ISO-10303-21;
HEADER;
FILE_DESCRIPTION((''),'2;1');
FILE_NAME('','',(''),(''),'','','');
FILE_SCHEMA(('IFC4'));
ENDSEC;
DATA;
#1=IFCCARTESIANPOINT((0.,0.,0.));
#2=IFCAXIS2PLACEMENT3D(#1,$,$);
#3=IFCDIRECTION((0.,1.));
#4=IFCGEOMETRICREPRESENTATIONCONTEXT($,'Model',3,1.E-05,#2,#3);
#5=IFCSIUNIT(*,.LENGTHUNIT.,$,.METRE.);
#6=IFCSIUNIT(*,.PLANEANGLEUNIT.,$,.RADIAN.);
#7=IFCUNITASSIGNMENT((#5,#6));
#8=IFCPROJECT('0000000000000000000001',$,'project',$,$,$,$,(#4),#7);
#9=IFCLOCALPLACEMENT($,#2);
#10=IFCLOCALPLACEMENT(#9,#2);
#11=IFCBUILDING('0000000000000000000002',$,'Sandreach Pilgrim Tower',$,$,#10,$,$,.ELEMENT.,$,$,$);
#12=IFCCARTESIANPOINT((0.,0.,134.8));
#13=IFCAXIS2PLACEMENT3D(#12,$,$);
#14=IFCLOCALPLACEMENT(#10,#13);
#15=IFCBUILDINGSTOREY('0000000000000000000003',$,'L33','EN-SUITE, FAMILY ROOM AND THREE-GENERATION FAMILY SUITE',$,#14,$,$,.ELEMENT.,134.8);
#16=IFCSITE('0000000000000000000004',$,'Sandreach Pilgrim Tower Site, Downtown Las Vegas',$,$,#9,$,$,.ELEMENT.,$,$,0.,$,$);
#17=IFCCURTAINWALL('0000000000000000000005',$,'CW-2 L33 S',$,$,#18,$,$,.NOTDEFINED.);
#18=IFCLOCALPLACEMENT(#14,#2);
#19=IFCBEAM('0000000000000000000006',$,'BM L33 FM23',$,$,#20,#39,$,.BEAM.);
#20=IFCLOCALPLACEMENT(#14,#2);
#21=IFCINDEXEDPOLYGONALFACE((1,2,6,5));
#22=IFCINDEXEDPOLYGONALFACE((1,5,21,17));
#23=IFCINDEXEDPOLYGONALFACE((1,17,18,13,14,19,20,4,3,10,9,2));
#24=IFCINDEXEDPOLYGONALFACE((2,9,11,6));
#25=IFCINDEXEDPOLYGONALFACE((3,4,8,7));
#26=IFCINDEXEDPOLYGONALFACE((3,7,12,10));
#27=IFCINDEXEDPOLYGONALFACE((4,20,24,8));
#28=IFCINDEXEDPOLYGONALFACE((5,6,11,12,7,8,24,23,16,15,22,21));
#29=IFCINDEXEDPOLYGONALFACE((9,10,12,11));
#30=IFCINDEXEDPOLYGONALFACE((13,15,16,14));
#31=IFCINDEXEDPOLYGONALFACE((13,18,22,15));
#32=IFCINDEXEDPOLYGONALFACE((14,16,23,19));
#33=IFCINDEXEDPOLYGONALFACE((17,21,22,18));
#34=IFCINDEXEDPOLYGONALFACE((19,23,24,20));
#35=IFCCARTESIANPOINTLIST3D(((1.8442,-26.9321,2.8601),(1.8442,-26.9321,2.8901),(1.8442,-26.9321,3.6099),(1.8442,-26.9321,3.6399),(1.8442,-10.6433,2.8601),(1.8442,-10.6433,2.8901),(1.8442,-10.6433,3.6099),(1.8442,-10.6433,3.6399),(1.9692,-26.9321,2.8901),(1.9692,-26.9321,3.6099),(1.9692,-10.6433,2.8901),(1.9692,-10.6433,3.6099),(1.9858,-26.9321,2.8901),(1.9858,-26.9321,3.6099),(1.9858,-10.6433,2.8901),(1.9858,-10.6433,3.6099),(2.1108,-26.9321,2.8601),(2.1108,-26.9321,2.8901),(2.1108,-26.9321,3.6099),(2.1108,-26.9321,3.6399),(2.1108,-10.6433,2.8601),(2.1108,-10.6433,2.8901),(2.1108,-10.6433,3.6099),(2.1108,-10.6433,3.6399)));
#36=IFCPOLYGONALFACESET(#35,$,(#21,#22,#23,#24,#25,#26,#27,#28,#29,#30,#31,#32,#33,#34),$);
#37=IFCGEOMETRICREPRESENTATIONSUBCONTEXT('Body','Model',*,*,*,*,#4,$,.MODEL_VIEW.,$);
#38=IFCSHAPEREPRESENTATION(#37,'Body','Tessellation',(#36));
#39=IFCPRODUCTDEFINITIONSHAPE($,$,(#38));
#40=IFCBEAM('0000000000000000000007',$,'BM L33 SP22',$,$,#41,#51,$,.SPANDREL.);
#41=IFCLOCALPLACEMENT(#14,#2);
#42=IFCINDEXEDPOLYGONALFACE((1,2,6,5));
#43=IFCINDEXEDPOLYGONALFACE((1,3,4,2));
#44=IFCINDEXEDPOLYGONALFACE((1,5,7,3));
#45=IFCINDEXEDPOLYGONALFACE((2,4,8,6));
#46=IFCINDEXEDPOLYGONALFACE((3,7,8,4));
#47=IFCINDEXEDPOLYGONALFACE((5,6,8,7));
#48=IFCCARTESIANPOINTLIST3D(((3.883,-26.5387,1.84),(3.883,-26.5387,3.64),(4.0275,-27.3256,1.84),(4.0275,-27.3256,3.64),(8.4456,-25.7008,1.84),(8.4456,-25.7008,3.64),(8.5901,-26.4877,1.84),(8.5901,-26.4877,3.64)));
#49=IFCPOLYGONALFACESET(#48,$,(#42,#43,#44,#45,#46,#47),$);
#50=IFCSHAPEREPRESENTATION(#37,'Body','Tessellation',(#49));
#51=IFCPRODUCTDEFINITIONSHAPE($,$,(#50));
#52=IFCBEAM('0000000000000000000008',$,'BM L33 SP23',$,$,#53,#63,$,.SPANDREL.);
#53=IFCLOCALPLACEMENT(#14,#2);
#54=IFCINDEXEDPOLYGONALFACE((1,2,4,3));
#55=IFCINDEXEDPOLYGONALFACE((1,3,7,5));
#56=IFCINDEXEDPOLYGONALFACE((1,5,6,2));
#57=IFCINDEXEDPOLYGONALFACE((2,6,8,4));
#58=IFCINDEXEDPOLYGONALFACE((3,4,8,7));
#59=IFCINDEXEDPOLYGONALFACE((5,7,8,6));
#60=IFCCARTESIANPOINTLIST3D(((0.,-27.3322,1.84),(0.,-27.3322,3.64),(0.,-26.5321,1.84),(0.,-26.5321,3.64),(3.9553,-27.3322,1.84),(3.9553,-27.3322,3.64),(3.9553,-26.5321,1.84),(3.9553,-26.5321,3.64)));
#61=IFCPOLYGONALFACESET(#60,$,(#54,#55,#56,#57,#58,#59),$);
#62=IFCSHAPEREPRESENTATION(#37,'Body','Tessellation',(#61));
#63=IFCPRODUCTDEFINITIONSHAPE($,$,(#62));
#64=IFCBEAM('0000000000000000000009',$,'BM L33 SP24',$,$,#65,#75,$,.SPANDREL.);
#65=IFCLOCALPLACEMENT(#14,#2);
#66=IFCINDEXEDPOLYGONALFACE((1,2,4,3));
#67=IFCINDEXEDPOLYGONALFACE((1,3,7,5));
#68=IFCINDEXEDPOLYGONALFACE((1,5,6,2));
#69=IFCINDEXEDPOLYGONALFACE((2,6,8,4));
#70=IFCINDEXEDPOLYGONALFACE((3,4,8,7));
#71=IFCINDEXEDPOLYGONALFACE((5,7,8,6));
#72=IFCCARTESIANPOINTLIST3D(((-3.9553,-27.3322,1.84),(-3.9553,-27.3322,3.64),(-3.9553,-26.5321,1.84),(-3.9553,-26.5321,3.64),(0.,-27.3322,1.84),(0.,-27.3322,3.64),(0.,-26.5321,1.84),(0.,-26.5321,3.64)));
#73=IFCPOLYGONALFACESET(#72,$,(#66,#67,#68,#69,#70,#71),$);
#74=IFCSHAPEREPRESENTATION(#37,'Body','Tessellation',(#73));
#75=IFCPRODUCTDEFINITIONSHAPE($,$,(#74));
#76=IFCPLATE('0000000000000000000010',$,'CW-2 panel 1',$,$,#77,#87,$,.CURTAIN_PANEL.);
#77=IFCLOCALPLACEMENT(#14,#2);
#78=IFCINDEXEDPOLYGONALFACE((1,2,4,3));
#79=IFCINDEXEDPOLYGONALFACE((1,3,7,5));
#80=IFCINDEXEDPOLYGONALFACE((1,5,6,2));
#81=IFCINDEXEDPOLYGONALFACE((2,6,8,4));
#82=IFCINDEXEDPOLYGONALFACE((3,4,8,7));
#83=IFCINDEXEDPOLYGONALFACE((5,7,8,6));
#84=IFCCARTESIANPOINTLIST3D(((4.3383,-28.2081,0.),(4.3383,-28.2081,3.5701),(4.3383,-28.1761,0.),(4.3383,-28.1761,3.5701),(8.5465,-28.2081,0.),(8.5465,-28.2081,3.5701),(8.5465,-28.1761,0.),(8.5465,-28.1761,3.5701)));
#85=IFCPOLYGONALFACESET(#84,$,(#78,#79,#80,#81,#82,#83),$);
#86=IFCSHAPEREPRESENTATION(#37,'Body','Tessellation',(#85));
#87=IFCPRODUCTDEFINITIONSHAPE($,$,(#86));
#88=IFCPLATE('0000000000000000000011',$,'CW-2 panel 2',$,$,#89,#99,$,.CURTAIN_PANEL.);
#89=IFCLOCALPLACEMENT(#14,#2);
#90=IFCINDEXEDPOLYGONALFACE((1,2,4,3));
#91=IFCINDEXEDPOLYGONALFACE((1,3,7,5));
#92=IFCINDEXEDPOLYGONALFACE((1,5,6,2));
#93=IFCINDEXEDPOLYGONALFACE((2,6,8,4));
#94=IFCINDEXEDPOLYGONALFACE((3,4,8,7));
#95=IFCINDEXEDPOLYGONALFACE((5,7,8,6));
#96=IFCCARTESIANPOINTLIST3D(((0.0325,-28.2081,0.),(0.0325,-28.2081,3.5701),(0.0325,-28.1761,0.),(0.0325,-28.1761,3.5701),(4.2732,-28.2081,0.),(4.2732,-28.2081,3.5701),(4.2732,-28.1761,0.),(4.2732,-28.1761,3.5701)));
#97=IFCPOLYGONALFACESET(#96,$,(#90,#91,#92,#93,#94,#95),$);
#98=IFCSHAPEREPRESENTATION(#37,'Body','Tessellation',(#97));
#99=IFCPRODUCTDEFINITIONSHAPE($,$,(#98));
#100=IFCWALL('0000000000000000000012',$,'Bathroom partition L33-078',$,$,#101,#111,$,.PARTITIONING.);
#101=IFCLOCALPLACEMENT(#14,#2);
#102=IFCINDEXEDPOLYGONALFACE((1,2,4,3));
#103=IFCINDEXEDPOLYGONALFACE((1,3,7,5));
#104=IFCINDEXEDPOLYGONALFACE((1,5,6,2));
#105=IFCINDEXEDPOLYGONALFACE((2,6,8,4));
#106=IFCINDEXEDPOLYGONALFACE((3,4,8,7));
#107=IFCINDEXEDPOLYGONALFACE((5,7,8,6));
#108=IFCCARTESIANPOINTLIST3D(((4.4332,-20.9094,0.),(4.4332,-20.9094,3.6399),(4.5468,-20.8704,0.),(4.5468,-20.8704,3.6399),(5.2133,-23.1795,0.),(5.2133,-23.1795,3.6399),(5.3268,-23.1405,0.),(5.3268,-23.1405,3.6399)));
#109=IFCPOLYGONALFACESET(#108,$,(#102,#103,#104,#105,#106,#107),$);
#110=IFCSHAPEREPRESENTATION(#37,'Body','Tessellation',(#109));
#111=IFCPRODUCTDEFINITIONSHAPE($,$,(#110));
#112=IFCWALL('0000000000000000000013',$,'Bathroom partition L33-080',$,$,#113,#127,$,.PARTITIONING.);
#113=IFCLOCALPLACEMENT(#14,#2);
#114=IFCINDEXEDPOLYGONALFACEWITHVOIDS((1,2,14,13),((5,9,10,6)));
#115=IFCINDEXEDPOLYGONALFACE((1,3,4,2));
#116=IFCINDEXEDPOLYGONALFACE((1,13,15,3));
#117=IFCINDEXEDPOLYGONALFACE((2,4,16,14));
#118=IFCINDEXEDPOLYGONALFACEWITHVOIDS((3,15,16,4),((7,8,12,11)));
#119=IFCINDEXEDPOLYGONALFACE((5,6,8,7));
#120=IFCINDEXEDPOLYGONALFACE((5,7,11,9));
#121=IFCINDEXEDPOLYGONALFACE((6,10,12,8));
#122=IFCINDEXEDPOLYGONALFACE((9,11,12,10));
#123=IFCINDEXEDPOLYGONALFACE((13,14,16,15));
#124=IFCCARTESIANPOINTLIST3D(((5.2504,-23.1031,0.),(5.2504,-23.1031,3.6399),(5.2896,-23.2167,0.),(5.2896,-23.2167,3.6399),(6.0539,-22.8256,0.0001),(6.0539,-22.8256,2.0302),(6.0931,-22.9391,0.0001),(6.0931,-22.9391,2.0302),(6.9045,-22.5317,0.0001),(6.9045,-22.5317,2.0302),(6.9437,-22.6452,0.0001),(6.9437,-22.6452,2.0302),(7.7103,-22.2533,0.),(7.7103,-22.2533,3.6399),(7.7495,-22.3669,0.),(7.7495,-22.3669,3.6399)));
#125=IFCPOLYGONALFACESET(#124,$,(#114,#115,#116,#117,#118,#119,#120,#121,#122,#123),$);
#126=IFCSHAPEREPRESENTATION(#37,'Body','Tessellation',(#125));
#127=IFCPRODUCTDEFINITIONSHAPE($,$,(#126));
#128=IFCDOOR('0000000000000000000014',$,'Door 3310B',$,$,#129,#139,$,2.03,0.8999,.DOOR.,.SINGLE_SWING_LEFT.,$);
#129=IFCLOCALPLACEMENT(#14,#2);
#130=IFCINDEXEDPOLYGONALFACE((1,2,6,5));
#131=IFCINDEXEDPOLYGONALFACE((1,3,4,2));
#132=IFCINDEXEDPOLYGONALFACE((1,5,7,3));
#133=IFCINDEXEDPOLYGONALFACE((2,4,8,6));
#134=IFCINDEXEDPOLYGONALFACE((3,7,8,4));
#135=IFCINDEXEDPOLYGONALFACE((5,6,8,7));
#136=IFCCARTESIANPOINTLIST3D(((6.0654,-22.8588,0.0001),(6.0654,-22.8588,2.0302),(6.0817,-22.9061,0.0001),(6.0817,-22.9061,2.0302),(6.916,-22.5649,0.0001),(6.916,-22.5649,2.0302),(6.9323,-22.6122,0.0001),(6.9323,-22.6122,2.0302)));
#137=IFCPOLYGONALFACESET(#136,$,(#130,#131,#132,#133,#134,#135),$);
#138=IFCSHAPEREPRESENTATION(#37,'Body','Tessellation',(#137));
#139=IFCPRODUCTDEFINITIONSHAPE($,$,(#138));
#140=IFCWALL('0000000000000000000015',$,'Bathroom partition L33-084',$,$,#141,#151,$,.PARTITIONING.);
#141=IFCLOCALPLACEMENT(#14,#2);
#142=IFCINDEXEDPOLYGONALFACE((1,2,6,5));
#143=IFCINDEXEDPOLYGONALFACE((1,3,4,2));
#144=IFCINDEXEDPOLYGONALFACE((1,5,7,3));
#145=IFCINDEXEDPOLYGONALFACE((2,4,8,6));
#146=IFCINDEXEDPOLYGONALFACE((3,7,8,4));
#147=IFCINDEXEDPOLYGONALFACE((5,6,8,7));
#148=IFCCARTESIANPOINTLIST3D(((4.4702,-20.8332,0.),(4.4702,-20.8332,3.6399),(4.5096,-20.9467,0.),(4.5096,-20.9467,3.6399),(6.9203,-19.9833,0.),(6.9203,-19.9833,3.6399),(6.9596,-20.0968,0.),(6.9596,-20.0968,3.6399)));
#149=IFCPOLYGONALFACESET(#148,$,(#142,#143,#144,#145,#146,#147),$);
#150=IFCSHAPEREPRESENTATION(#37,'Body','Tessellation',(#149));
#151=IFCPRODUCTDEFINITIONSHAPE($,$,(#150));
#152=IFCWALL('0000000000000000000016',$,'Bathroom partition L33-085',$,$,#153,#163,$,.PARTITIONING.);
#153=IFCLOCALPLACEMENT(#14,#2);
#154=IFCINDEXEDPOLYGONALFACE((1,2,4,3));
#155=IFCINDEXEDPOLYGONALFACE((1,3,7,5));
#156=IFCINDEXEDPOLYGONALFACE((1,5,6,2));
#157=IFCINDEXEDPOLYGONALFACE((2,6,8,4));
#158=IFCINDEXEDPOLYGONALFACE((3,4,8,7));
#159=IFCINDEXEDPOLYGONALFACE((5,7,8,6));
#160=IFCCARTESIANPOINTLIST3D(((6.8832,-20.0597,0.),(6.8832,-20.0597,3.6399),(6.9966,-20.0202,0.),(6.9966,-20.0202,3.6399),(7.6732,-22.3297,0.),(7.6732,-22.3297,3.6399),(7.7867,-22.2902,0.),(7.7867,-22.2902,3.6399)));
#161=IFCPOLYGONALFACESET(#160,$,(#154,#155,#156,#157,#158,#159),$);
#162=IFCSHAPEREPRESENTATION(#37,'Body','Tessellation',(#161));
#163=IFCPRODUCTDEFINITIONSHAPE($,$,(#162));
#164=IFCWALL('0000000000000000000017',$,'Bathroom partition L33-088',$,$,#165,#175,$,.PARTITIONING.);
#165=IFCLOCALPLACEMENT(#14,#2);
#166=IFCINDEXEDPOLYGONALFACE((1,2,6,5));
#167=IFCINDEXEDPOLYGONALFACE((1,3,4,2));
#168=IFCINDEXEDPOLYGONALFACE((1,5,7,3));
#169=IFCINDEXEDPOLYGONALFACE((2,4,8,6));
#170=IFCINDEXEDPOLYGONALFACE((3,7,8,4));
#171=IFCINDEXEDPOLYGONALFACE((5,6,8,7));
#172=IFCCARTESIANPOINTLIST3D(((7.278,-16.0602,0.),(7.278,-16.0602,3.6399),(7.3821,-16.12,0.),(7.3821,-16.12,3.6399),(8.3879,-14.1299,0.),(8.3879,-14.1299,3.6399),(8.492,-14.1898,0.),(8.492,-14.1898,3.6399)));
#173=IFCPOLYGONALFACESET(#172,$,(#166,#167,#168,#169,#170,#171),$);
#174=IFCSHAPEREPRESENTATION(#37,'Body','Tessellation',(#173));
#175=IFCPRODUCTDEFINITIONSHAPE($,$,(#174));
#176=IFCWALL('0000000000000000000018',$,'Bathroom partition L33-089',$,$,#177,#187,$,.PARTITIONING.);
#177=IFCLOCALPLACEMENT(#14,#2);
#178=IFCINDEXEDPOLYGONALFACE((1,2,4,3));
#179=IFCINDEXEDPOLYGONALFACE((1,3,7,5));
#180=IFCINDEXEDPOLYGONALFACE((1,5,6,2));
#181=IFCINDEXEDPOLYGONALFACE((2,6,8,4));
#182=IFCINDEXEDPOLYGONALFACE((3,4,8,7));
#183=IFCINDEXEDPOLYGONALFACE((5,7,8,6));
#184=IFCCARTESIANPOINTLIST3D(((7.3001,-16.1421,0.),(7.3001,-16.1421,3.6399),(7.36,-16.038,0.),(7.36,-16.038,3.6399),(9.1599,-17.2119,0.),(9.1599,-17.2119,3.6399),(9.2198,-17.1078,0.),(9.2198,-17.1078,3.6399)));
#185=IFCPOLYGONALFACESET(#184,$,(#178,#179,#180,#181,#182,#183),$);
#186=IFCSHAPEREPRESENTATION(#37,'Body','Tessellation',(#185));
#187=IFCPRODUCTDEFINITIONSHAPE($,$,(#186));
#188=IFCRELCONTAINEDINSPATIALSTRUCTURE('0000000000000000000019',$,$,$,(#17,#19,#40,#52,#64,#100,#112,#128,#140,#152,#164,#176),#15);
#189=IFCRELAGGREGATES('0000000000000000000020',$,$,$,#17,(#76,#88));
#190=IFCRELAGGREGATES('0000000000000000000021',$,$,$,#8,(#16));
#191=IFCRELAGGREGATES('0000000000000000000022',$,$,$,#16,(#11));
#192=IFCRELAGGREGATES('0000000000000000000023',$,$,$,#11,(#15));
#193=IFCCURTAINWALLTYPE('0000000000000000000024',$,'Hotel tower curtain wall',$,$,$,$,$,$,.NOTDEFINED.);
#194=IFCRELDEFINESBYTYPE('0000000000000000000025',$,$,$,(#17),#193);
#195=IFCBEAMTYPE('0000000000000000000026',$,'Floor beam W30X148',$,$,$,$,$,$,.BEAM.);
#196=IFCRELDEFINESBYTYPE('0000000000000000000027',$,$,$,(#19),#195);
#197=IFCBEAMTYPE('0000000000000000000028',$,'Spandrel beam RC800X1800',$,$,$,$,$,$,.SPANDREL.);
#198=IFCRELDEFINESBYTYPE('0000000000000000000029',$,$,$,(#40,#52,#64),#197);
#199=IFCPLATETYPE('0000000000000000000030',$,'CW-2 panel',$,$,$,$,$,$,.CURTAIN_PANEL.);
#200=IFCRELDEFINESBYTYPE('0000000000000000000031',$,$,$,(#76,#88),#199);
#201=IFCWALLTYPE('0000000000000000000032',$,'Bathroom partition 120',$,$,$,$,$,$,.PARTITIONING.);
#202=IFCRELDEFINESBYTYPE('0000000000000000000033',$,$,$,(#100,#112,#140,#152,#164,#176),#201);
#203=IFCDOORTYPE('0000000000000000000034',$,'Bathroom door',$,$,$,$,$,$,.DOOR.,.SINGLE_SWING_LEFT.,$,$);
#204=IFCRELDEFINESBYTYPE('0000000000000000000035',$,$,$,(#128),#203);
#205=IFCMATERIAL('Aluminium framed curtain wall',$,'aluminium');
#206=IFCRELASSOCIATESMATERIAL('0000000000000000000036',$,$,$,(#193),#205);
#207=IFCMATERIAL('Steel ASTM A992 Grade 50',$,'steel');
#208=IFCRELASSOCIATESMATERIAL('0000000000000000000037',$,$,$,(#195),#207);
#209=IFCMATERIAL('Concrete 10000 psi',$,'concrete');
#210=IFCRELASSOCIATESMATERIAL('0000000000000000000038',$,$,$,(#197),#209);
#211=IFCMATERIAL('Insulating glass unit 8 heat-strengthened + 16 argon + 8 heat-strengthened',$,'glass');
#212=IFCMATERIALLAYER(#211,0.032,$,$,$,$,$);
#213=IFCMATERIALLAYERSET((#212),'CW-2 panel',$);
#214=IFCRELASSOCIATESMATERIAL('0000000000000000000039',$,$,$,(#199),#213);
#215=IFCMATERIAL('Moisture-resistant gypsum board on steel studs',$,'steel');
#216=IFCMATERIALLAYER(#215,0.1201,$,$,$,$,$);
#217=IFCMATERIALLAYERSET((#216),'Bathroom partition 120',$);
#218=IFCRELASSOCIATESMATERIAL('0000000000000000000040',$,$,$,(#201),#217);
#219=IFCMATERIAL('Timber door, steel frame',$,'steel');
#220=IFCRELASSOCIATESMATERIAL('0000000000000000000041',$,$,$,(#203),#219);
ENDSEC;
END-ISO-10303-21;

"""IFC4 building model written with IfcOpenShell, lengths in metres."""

from ifc_helpers import new_model, si_unit, direction, frame, frame_2d, origin, origin_2d, place, context, subcontext, project, spatial, rectangle, i_section, extrude, material, layer, layer_set, material_profile, profile_set, type_object, element, fill, aggregate, save


model = new_model("IFC4")

# Units and contexts
model_context = context("Model", 3, precision=1e-05, world=origin(), true_north=direction((0.0, 1.0)))
body_context = subcontext(model_context, "Body", "Model", "MODEL_VIEW")
ifc_project = project(units=[si_unit("LENGTHUNIT", "METRE"), si_unit("PLANEANGLEUNIT", "RADIAN")], contexts=[model_context])

# Site, building, storey
site_placement = place(None, origin())
site = spatial("IfcSite", under=ifc_project, at=site_placement, Name="Sandreach Pilgrim Tower Site, Downtown Las Vegas", CompositionType="ELEMENT", RefElevation=0.0)
building_placement = place(site_placement, origin())
building = spatial("IfcBuilding", under=site, at=building_placement, Name="Sandreach Pilgrim Tower", CompositionType="ELEMENT")
storey_placement = place(building_placement, frame((0.0, 0.0, 134.8)))
storey = spatial("IfcBuildingStorey", under=building, at=storey_placement, Name="L33", Description="EN-SUITE, FAMILY ROOM AND THREE-GENERATION FAMILY SUITE", CompositionType="ELEMENT", Elevation=134.8)

# Curtain wall
ifc_material_1 = material(Name="Aluminium framed curtain wall", Category="aluminium")
curtain_wall_type = type_object("IfcCurtainWallType", Name="Hotel tower curtain wall", PredefinedType="NOTDEFINED", material=ifc_material_1)
curtain_wall_placement = place(storey_placement, origin())
curtain_wall = element("IfcCurtainWall", 1, at=curtain_wall_placement, inside=storey, type_object=curtain_wall_type, Name="CW-2 L33 S", PredefinedType="NOTDEFINED")

# Beams
ifc_material_2 = material(Name="Steel ASTM A992 Grade 50", Category="steel")
ifc_material_profile_1 = material_profile(ifc_material_2, i_section(OverallWidth=0.2666, OverallDepth=0.7798, WebThickness=0.0166, FlangeThickness=0.03, at=origin_2d()), Name="W30X148")
ifc_profile_set_1 = profile_set([ifc_material_profile_1], Name="Steel ASTM A992 Grade 50")
beam_type_1 = type_object("IfcBeamType", Name="Floor beam W30X148", PredefinedType="BEAM", material=ifc_profile_set_1)
beam_1_placement = place(storey_placement, frame((1.9775, -26.9321, 3.25), z_axis=(0.0, 1.0, 0.0), x_axis=(-1.0, 0.0, 0.0)))
element("IfcBeam", 2, at=beam_1_placement, inside=storey, type_object=beam_type_1, Name="BM L33 FM23", PredefinedType="BEAM", context=body_context, shape_type="SweptSolid", body=[
    extrude(i_section(OverallWidth=0.2666, OverallDepth=0.7798, WebThickness=0.0166, FlangeThickness=0.03, at=origin_2d()), origin(), (0.0, 0.0, 1.0), 16.2888),
])
ifc_material_3 = material(Name="Concrete 10000 psi", Category="concrete")
ifc_material_profile_2 = material_profile(ifc_material_3, rectangle(XDim=0.8, YDim=1.8, at=origin_2d()), Name="RC800X1800")
ifc_profile_set_2 = profile_set([ifc_material_profile_2], Name="Concrete 10000 psi")
beam_type_2 = type_object("IfcBeamType", Name="Spandrel beam RC800X1800", PredefinedType="SPANDREL", material=ifc_profile_set_2)
beam_2_placement = place(storey_placement, frame((8.5178, -26.0942, 2.74), z_axis=(-0.983552, -0.180627, 0.0), x_axis=(0.180627, -0.983552, 0.0)))
element("IfcBeam", 3, at=beam_2_placement, inside=storey, type_object=beam_type_2, Name="BM L33 SP22", PredefinedType="SPANDREL", context=body_context, shape_type="SweptSolid", body=[
    extrude(rectangle(XDim=0.8, YDim=1.8, at=origin_2d()), origin(), (0.0, 0.0, 1.0), 4.6389),
])
for number, where, z_axis, x_axis, name in (
    (4, (3.9553, -26.9321, 2.74), (-1.0, 0.0, 0.0), (0.0, -1.0, 0.0), "BM L33 SP23"),
    (5, (0.0, -26.9321, 2.74), (-1.0, 0.0, 0.0), (0.0, -1.0, 0.0), "BM L33 SP24"),
):
    element("IfcBeam", number, at=place(storey_placement, frame(where, z_axis=z_axis, x_axis=x_axis)), inside=storey, type_object=beam_type_2, Name=name, PredefinedType="SPANDREL", context=body_context, shape_type="SweptSolid", body=[
        extrude(rectangle(XDim=0.8, YDim=1.8, at=origin_2d()), origin(), (0.0, 0.0, 1.0), 3.9553),
    ])

# Plates
ifc_material_4 = material(Name="Insulating glass unit 8 heat-strengthened + 16 argon + 8 heat-strengthened", Category="glass")
ifc_layer_1 = layer(ifc_material_4, 0.032)
ifc_layer_set_1 = layer_set([ifc_layer_1], Name="CW-2 panel")
plate_type = type_object("IfcPlateType", Name="CW-2 panel", PredefinedType="CURTAIN_PANEL", material=ifc_layer_set_1)
plate_1_placement = place(storey_placement, frame((6.4424, -28.1921, 0.0), z_axis=(0.0, 0.0, 1.0), x_axis=(-1.0, 0.0, 0.0)))
plate_1 = element("IfcPlate", 6, at=plate_1_placement, type_object=plate_type, Name="CW-2 panel 1", PredefinedType="CURTAIN_PANEL", context=body_context, shape_type="SweptSolid", body=[
    extrude(rectangle(XDim=4.2083, YDim=0.032, at=origin_2d()), origin(), (0.0, 0.0, 1.0), 3.5701),
])
plate_2_placement = place(storey_placement, frame((2.1528, -28.1921, 0.0), z_axis=(0.0, 0.0, 1.0), x_axis=(-1.0, 0.0, 0.0)))
plate_2 = element("IfcPlate", 7, at=plate_2_placement, type_object=plate_type, Name="CW-2 panel 2", PredefinedType="CURTAIN_PANEL", context=body_context, shape_type="SweptSolid", body=[
    extrude(rectangle(XDim=4.2407, YDim=0.032, at=origin_2d()), origin(), (0.0, 0.0, 1.0), 3.5701),
])
aggregate(curtain_wall, [plate_1, plate_2])

# Wall
ifc_material_5 = material(Name="Moisture-resistant gypsum board on steel studs", Category="steel")
ifc_layer_2 = layer(ifc_material_5, 0.1201)
ifc_layer_set_2 = layer_set([ifc_layer_2], Name="Bathroom partition 120")
wall_type_1 = type_object("IfcWallType", Name="Bathroom partition 120", PredefinedType="PARTITIONING", material=ifc_layer_set_2)
wall_1_placement = place(storey_placement, frame((4.49, -20.8899, 0.0), z_axis=(0.0, 0.0, 1.0), x_axis=(0.324972, -0.945724, 0.0)))
element("IfcWall", 8, at=wall_1_placement, inside=storey, type_object=wall_type_1, Name="Bathroom partition L33-078", PredefinedType="PARTITIONING", context=body_context, shape_type="SweptSolid", body=[
    extrude(rectangle(XDim=2.4004, YDim=0.1201, at=frame_2d((1.2002, 0.0))), origin(), (0.0, 0.0, 1.0), 3.6399),
])

# Wall, opening, door
wall_2_placement = place(storey_placement, frame((5.27, -23.1599, 0.0), z_axis=(0.0, 0.0, 1.0), x_axis=(0.945184, 0.326537, 0.0)))
wall_2 = element("IfcWall", 9, at=wall_2_placement, inside=storey, type_object=wall_type_1, Name="Bathroom partition L33-080", PredefinedType="PARTITIONING", context=body_context, shape_type="SweptSolid", body=[
    extrude(rectangle(XDim=2.6025, YDim=0.1201, at=frame_2d((1.3013, 0.0))), origin(), (0.0, 0.0, 1.0), 3.6399),
])
opening_1_placement = place(wall_2_placement, frame((0.8501, 0.0, 0.0)))
opening_1 = element("IfcOpeningElement", 10, at=opening_1_placement, cuts=wall_2, PredefinedType="OPENING", context=body_context, shape_type="SweptSolid", body=[
    extrude(rectangle(XDim=0.8999, YDim=2.03, at=frame_2d((0.45, 1.0151))), frame((0.0, 0.0601, 0.0), z_axis=(0.0, -1.0, 0.0), x_axis=(1.0, 0.0, 0.0)), (0.0, 0.0, 1.0), 0.1201),
])
ifc_material_6 = material(Name="Timber door, steel frame", Category="steel")
door_type_1 = type_object("IfcDoorType", Name="Bathroom door", OperationType="SINGLE_SWING_LEFT", PredefinedType="DOOR", material=ifc_material_6)
door_1_placement = place(opening_1_placement, origin())
door_1 = element("IfcDoor", 11, at=door_1_placement, inside=storey, type_object=door_type_1, Name="Door 3310B", OperationType="SINGLE_SWING_LEFT", OverallHeight=2.03, OverallWidth=0.8999, PredefinedType="DOOR", context=body_context, shape_type="SweptSolid", body=[
    extrude(rectangle(XDim=0.8999, YDim=2.03, at=frame_2d((0.45, 1.0151))), frame((0.0, 0.0249, 0.0), z_axis=(0.0, -1.0, 0.0), x_axis=(1.0, 0.0, 0.0)), (0.0, 0.0, 1.0), 0.05),
])
fill(opening_1, door_1)

# Walls
wall_3_placement = place(storey_placement, frame((6.9399, -20.04, 0.0), z_axis=(0.0, 0.0, 1.0), x_axis=(-0.944772, -0.327728, 0.0)))
element("IfcWall", 12, at=wall_3_placement, inside=storey, type_object=wall_type_1, Name="Bathroom partition L33-084", PredefinedType="PARTITIONING", context=body_context, shape_type="SweptSolid", body=[
    extrude(rectangle(XDim=2.5933, YDim=0.1201, at=frame_2d((1.2966, 0.0))), origin(), (0.0, 0.0, 1.0), 3.6399),
])
wall_4_placement = place(storey_placement, frame((6.9399, -20.04, 0.0), z_axis=(0.0, 0.0, 1.0), x_axis=(0.328694, -0.944436, 0.0)))
element("IfcWall", 13, at=wall_4_placement, inside=storey, type_object=wall_type_1, Name="Bathroom partition L33-085", PredefinedType="PARTITIONING", context=body_context, shape_type="SweptSolid", body=[
    extrude(rectangle(XDim=2.4036, YDim=0.1201, at=frame_2d((1.2017, 0.0))), origin(), (0.0, 0.0, 1.0), 3.6399),
])
wall_5_placement = place(storey_placement, frame((7.3301, -16.0901, 0.0), z_axis=(0.0, 0.0, 1.0), x_axis=(0.498475, 0.866904, 0.0)))
element("IfcWall", 14, at=wall_5_placement, inside=storey, type_object=wall_type_1, Name="Bathroom partition L33-088", PredefinedType="PARTITIONING", context=body_context, shape_type="SweptSolid", body=[
    extrude(rectangle(XDim=2.2266, YDim=0.1201, at=frame_2d((1.1133, 0.0))), origin(), (0.0, 0.0, 1.0), 3.6399),
])
wall_6_placement = place(storey_placement, frame((7.3301, -16.0901, 0.0), z_axis=(0.0, 0.0, 1.0), x_axis=(0.866825, -0.498612, 0.0)))
element("IfcWall", 15, at=wall_6_placement, inside=storey, type_object=wall_type_1, Name="Bathroom partition L33-089", PredefinedType="PARTITIONING", context=body_context, shape_type="SweptSolid", body=[
    extrude(rectangle(XDim=2.1455, YDim=0.1201, at=frame_2d((1.0728, 0.0))), origin(), (0.0, 0.0, 1.0), 3.6399),
])

save(model, "model.ifc")
